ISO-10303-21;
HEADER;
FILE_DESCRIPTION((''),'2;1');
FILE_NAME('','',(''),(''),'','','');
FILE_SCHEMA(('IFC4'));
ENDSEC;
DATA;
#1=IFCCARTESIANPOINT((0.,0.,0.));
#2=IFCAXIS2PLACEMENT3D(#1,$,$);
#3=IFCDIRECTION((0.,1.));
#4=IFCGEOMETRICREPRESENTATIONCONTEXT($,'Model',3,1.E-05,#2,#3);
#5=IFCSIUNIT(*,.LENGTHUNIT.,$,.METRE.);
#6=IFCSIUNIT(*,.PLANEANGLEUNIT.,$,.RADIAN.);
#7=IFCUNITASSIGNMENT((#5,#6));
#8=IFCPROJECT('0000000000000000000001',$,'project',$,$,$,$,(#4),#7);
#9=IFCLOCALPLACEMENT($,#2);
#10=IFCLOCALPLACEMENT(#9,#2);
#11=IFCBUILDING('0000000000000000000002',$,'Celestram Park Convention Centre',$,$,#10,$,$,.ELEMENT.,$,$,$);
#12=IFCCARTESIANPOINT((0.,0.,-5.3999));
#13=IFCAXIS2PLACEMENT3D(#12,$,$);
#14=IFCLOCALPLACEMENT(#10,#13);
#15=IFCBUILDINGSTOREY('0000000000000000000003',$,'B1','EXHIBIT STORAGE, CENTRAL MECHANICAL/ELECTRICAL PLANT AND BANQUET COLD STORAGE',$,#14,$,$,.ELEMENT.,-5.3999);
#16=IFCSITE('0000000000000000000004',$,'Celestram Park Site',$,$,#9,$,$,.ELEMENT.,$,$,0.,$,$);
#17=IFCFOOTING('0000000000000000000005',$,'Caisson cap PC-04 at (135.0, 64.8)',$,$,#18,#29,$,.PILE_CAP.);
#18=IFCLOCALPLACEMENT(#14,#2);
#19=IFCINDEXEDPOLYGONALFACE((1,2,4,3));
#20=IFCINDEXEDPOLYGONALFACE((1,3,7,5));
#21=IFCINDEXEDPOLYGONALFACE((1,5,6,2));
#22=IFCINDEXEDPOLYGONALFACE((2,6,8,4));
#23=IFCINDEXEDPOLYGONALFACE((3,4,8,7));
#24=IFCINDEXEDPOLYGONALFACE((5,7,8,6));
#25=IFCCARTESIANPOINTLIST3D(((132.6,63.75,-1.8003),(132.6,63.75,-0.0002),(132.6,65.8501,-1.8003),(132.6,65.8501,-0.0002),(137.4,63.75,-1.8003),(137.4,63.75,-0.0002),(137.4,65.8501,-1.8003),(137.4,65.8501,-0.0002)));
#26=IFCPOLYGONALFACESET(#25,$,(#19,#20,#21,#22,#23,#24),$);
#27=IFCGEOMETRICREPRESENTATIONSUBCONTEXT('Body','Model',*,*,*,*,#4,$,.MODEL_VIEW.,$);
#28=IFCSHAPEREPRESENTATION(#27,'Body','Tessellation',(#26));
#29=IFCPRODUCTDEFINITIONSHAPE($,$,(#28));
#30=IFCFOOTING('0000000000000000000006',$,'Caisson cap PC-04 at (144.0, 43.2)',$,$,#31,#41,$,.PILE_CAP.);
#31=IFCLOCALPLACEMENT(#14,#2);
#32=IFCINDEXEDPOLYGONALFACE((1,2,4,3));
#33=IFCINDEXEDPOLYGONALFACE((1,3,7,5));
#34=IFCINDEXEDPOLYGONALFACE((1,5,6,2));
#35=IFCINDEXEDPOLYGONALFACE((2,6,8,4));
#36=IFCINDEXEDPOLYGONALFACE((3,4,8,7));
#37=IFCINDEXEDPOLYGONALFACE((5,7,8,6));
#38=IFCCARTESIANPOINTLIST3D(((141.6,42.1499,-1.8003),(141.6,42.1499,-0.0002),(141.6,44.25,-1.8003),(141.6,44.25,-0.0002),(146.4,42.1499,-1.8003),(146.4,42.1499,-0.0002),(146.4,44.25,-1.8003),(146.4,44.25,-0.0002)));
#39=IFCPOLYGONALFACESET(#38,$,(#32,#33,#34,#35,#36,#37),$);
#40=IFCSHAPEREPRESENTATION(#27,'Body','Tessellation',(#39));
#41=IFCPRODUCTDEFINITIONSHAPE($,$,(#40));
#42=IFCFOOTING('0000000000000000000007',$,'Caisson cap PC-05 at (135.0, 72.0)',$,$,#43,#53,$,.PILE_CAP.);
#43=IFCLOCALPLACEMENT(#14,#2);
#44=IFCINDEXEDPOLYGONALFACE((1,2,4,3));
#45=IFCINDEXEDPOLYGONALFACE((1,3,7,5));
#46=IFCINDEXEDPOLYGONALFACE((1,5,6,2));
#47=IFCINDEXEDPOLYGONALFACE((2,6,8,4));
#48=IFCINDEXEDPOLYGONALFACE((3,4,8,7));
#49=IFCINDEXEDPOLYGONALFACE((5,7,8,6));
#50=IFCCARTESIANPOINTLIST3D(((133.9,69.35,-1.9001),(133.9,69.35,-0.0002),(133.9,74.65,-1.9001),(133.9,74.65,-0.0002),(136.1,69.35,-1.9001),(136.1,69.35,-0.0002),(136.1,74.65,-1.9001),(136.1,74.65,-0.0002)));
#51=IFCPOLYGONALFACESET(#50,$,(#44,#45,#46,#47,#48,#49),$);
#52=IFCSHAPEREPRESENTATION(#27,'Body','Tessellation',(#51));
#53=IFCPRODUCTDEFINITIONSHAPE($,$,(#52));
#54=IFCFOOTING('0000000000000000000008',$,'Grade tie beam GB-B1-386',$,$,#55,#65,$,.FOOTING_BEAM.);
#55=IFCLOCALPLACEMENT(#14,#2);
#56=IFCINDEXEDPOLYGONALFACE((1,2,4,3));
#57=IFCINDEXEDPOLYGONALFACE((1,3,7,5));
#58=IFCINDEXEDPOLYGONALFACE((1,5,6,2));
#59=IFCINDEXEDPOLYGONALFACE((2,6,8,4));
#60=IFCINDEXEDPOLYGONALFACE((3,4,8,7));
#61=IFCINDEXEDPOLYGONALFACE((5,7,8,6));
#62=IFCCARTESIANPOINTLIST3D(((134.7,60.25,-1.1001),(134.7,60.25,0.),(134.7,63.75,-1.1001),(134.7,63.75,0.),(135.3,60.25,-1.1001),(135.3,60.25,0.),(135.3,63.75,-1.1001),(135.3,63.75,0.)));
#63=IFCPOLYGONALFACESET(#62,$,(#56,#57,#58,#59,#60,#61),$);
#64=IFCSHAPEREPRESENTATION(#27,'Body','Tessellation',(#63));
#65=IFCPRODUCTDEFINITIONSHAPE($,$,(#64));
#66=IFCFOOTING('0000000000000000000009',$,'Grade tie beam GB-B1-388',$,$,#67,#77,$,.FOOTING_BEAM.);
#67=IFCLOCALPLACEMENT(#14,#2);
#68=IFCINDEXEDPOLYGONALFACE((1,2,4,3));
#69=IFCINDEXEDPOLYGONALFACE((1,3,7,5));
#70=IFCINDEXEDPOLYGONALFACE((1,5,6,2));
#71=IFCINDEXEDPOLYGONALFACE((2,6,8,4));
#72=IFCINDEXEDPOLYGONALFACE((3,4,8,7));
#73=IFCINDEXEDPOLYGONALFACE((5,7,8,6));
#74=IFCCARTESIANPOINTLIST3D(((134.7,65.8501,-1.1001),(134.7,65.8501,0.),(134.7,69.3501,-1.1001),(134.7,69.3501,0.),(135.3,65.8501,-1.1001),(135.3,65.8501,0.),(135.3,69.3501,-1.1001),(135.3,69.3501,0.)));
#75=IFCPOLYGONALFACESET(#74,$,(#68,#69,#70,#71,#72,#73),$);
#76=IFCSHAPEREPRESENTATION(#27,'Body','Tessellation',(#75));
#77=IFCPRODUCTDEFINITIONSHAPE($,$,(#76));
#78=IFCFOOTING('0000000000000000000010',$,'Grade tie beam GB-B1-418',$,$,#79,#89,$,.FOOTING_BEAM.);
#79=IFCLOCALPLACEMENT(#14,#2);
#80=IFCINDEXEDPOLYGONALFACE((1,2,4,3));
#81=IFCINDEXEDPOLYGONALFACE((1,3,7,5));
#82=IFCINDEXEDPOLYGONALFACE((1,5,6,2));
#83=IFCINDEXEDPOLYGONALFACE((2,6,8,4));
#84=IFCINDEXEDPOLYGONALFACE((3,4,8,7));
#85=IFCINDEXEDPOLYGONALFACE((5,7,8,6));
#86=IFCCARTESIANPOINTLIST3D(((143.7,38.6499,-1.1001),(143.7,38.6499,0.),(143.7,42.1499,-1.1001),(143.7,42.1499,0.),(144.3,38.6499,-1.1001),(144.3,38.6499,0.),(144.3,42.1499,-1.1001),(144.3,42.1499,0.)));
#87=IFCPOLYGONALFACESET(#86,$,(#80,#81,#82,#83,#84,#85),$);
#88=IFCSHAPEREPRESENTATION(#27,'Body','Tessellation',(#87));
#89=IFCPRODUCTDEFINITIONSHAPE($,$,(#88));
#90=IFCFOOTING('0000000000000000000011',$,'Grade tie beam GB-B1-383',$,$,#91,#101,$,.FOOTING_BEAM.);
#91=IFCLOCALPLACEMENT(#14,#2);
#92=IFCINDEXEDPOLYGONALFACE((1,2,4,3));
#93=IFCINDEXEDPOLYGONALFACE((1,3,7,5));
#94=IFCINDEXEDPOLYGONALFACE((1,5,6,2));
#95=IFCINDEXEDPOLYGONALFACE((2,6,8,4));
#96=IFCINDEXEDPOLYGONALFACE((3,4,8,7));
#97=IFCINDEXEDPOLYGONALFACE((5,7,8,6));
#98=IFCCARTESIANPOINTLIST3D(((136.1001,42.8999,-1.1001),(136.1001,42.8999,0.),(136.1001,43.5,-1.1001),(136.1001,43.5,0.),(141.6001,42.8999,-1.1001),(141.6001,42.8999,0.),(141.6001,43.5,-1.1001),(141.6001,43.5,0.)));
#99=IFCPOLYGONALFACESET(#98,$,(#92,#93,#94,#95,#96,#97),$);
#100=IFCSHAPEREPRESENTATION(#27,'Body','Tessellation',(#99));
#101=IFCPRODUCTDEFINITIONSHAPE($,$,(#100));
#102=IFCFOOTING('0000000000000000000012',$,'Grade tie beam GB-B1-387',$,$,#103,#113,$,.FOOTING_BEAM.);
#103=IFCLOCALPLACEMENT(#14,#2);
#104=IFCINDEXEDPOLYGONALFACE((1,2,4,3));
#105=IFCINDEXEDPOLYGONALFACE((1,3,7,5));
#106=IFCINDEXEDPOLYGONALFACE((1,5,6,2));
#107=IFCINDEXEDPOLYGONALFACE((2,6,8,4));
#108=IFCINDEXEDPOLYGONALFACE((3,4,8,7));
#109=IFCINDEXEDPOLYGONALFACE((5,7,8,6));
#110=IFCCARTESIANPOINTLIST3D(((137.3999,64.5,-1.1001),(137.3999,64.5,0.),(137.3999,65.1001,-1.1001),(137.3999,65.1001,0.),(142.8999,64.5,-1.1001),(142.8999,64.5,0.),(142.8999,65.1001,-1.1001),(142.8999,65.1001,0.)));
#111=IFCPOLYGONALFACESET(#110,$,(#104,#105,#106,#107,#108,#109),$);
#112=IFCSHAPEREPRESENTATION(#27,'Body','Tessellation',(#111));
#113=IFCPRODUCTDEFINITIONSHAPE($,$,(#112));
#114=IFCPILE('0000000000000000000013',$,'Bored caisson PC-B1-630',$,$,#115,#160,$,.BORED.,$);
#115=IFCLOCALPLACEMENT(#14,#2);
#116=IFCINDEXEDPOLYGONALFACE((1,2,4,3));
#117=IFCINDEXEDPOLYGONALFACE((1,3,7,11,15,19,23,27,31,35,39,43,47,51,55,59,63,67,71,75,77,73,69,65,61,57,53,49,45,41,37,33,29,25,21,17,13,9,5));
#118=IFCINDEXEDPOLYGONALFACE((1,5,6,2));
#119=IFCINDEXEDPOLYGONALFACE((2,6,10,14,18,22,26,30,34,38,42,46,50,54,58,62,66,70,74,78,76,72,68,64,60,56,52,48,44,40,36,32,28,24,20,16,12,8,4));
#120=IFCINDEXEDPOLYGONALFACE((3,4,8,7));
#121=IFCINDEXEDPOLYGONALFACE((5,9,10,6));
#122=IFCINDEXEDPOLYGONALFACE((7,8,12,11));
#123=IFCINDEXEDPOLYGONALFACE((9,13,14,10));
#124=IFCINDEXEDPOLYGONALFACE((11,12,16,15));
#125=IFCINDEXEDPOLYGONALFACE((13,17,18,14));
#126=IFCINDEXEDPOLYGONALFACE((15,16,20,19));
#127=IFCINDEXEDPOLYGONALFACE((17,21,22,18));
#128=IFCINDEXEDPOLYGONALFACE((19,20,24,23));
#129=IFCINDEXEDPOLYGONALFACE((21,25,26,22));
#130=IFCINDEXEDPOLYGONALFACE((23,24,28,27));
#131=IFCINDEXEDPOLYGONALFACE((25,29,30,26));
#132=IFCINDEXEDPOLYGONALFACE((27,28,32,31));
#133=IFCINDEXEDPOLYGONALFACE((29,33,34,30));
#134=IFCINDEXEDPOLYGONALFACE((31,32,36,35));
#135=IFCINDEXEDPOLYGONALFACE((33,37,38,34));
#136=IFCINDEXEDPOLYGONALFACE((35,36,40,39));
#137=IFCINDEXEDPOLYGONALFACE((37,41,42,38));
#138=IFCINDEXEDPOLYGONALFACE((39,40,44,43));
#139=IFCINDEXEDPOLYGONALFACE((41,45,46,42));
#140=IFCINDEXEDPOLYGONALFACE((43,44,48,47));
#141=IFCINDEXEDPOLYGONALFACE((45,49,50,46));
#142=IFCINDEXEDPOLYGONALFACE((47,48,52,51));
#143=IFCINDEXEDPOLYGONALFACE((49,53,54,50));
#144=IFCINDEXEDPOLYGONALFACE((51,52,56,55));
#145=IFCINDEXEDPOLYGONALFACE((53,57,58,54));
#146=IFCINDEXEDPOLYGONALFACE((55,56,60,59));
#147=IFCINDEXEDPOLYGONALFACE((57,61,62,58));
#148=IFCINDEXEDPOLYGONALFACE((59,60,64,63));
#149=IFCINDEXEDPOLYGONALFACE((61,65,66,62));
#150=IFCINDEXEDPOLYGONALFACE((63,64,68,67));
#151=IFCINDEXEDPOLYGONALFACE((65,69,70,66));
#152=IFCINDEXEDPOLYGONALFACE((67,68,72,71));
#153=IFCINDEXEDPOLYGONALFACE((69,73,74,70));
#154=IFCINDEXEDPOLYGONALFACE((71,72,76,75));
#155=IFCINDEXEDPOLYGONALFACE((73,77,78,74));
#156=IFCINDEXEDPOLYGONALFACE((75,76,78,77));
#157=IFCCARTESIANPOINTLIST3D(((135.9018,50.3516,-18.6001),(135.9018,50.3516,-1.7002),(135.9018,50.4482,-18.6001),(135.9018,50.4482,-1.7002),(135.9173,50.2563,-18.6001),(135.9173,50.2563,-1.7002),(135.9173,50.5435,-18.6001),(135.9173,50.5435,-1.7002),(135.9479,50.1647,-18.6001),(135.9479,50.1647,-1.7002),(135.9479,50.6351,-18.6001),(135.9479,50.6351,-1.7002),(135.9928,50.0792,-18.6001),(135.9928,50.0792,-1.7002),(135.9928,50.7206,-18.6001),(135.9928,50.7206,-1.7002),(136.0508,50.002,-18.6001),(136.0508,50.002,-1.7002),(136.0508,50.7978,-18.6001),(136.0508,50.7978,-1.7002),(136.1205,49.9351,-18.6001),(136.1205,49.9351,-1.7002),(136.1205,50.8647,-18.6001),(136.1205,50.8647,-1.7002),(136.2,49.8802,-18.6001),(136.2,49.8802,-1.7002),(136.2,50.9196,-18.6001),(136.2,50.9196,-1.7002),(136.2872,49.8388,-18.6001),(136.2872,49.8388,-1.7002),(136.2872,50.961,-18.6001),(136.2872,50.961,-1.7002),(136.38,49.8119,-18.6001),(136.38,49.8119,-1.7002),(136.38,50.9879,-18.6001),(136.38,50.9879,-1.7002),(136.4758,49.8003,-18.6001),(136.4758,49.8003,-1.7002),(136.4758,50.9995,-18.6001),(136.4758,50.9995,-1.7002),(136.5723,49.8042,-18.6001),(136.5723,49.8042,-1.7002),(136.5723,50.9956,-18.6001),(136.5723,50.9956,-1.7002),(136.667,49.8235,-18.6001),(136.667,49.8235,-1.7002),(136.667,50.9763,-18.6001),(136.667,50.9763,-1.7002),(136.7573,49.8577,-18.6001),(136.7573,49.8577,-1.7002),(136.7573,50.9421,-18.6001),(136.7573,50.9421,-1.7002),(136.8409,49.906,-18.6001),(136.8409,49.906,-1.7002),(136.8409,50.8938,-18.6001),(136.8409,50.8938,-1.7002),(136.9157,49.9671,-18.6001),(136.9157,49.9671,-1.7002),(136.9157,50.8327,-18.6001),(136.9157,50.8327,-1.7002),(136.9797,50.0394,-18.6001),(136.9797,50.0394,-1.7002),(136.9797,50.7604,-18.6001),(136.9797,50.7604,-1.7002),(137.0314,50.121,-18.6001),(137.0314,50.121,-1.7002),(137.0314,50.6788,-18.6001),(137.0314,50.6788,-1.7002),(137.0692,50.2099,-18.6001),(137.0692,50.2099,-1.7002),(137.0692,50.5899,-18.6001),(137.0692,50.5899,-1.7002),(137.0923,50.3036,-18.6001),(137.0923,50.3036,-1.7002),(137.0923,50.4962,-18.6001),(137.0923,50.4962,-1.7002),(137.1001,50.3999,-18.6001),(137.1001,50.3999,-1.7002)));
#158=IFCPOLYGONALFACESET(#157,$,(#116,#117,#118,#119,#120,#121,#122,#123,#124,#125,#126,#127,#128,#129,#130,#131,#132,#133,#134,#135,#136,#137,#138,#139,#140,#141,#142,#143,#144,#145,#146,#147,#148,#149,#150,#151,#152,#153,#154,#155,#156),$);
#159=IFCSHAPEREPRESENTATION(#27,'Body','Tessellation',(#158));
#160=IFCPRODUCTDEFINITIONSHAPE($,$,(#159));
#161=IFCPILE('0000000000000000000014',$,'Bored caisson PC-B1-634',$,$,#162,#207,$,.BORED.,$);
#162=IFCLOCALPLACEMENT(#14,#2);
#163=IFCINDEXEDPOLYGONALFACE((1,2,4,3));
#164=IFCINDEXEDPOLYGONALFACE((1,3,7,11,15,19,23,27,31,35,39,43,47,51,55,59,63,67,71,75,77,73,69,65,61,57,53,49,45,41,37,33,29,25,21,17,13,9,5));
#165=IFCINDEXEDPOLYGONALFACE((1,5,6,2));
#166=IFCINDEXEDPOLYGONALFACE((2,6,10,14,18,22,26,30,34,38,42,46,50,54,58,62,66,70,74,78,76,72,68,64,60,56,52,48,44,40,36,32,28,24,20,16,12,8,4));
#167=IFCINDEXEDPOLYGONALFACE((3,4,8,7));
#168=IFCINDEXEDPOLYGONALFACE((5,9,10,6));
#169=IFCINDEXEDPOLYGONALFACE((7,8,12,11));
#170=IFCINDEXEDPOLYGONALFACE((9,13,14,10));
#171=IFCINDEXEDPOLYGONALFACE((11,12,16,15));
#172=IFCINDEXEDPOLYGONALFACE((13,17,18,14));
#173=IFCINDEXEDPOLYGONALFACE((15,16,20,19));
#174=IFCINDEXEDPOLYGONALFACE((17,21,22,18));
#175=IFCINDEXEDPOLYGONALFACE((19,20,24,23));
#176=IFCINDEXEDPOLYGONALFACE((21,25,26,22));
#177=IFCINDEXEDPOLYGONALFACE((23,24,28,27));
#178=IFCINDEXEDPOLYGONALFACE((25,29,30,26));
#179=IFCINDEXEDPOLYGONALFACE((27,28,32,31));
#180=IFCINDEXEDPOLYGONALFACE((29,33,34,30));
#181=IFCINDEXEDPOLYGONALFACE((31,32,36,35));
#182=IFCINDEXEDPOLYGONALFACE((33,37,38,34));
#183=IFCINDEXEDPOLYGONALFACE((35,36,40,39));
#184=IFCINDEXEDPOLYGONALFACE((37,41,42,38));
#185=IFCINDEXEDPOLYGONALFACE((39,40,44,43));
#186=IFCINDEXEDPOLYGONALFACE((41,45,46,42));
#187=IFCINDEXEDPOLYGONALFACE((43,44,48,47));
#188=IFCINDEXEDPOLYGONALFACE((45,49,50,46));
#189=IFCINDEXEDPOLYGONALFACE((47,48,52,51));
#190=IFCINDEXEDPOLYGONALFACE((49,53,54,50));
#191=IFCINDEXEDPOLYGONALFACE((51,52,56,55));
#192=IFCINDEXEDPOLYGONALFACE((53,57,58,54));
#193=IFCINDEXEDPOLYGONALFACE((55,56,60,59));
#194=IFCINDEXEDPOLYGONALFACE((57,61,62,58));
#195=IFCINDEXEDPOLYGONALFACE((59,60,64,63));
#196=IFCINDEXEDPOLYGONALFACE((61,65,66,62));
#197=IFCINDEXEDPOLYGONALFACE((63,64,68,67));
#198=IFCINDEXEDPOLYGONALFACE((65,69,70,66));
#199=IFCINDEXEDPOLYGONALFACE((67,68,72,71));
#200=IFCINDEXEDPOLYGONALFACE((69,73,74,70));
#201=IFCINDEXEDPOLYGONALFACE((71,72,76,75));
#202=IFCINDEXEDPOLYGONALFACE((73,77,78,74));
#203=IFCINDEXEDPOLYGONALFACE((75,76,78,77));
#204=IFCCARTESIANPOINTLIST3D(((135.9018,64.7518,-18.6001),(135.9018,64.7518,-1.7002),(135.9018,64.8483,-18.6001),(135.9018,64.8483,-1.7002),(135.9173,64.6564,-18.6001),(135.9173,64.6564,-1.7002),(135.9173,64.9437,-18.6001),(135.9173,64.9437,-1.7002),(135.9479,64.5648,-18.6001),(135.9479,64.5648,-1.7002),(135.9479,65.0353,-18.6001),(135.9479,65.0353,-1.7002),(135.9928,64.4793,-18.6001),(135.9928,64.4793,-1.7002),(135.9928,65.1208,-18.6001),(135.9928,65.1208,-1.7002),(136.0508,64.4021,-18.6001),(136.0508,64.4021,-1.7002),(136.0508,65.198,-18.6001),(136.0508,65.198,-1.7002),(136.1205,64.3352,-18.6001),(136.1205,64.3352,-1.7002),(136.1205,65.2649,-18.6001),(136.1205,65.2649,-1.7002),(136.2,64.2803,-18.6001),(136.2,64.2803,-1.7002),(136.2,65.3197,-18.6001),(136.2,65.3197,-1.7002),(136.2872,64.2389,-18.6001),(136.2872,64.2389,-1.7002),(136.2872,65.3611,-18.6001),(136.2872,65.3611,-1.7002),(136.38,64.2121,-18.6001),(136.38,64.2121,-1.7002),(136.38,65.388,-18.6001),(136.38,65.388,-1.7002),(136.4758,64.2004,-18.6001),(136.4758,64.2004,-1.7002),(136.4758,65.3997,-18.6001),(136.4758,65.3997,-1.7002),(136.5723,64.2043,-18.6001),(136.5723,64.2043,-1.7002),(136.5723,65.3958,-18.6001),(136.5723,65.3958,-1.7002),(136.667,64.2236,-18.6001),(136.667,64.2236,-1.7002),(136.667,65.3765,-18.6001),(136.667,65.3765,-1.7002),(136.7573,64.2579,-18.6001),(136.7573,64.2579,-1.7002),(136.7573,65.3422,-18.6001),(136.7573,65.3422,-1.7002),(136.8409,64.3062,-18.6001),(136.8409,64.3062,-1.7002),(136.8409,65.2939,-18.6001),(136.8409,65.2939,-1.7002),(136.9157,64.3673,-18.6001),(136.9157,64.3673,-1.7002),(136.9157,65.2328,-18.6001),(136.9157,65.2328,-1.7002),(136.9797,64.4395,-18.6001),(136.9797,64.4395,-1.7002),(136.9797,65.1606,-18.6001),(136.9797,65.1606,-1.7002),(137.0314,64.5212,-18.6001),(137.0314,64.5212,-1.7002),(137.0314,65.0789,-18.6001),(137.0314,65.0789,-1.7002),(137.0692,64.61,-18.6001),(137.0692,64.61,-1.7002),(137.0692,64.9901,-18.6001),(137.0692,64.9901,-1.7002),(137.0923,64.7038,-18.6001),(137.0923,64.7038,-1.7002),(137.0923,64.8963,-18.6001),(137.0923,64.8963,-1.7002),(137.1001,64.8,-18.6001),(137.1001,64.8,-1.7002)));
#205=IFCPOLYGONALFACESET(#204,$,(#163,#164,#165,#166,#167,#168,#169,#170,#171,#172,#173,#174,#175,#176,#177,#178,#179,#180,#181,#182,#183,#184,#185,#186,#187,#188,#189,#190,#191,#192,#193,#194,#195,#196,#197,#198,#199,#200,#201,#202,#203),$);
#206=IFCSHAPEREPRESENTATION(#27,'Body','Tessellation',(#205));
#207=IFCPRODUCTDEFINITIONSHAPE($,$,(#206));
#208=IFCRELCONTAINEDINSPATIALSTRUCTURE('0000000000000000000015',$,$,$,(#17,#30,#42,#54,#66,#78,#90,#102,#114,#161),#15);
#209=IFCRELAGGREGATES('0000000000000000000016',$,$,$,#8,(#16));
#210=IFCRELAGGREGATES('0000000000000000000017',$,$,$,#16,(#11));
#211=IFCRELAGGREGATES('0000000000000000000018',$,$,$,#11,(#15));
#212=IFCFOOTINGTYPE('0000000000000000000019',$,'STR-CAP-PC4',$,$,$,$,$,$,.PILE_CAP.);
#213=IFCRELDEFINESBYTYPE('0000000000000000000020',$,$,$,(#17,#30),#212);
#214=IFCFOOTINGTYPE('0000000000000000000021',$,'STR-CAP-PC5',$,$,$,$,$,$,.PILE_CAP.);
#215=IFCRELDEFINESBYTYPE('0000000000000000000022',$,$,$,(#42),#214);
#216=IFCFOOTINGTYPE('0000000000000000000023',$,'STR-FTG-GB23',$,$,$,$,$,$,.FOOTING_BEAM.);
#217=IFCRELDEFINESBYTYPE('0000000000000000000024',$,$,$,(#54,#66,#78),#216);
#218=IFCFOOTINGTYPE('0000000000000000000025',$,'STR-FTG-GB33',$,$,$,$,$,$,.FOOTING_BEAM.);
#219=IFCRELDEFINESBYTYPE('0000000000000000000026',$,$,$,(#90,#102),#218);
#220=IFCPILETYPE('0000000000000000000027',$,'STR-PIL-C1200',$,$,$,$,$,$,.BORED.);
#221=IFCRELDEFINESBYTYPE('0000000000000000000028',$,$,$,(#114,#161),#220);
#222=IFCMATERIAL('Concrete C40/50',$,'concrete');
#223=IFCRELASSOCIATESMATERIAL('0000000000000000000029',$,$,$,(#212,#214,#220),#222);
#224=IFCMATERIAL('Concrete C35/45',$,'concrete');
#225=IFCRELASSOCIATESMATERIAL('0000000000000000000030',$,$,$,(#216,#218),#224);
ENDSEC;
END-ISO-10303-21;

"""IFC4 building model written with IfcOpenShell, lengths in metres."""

from ifc_helpers import new_model, si_unit, direction, frame, origin, origin_2d, place, context, subcontext, project, spatial, rectangle, circle, extrude, material, material_profile, profile_set, type_object, element, save


model = new_model("IFC4")

# Units and contexts
model_context = context("Model", 3, precision=1e-05, world=origin(), true_north=direction((0.0, 1.0)))
body_context = subcontext(model_context, "Body", "Model", "MODEL_VIEW")
ifc_project = project(units=[si_unit("LENGTHUNIT", "METRE"), si_unit("PLANEANGLEUNIT", "RADIAN")], contexts=[model_context])

# Site, building, storey
site_placement = place(None, origin())
site = spatial("IfcSite", under=ifc_project, at=site_placement, Name="Celestram Park Site", CompositionType="ELEMENT", RefElevation=0.0)
building_placement = place(site_placement, origin())
building = spatial("IfcBuilding", under=site, at=building_placement, Name="Celestram Park Convention Centre", CompositionType="ELEMENT")
storey_placement = place(building_placement, frame((0.0, 0.0, -5.3999)))
storey = spatial("IfcBuildingStorey", under=building, at=storey_placement, Name="B1", Description="EXHIBIT STORAGE, CENTRAL MECHANICAL/ELECTRICAL PLANT AND BANQUET COLD STORAGE", CompositionType="ELEMENT", Elevation=-5.3999)

# Footings
ifc_material_1 = material(Name="Concrete C40/50", Category="concrete")
footing_type_1 = type_object("IfcFootingType", Name="STR-CAP-PC4", PredefinedType="PILE_CAP", material=ifc_material_1)
for number, where, z_axis, x_axis, name in (
    (1, (135.0, 64.8, -1.8003), (0.0, 0.0, 1.0), (1.0, 0.0, 0.0), "Caisson cap PC-04 at (135.0, 64.8)"),
    (2, (144.0, 43.2, -1.8003), (0.0, 0.0, 1.0), (1.0, 0.0, 0.0), "Caisson cap PC-04 at (144.0, 43.2)"),
):
    element("IfcFooting", number, at=place(storey_placement, frame(where, z_axis=z_axis, x_axis=x_axis)), inside=storey, type_object=footing_type_1, Name=name, PredefinedType="PILE_CAP", context=body_context, shape_type="SweptSolid", body=[
        extrude(rectangle(XDim=4.8, YDim=2.1001, at=origin_2d()), origin(), (0.0, 0.0, 1.0), 1.8),
    ])
footing_type_2 = type_object("IfcFootingType", Name="STR-CAP-PC5", PredefinedType="PILE_CAP", material=ifc_material_1)
footing_placement = place(storey_placement, frame((135.0, 72.0, -1.9001), z_axis=(0.0, 0.0, 1.0), x_axis=(1.0, 0.0, 0.0)))
element("IfcFooting", 3, at=footing_placement, inside=storey, type_object=footing_type_2, Name="Caisson cap PC-05 at (135.0, 72.0)", PredefinedType="PILE_CAP", context=body_context, shape_type="SweptSolid", body=[
    extrude(rectangle(XDim=2.2, YDim=5.3, at=origin_2d()), origin(), (0.0, 0.0, 1.0), 1.8999),
])
ifc_material_2 = material(Name="Concrete C35/45", Category="concrete")
footing_type_3 = type_object("IfcFootingType", Name="STR-FTG-GB23", PredefinedType="FOOTING_BEAM", material=ifc_material_2)
for number, where, z_axis, x_axis, name in (
    (4, (135.0, 62.0, -1.1001), (0.0, 0.0, 1.0), (0.0, 1.0, 0.0), "Grade tie beam GB-B1-386"),
    (5, (135.0, 67.6001, -1.1001), (0.0, 0.0, 1.0), (0.0, 1.0, 0.0), "Grade tie beam GB-B1-388"),
    (6, (144.0, 40.3999, -1.1001), (0.0, 0.0, 1.0), (0.0, 1.0, 0.0), "Grade tie beam GB-B1-418"),
):
    element("IfcFooting", number, at=place(storey_placement, frame(where, z_axis=z_axis, x_axis=x_axis)), inside=storey, type_object=footing_type_3, Name=name, PredefinedType="FOOTING_BEAM", context=body_context, shape_type="SweptSolid", body=[
        extrude(rectangle(XDim=3.5, YDim=0.6001, at=origin_2d()), origin(), (0.0, 0.0, 1.0), 1.1001),
    ])
footing_type_4 = type_object("IfcFootingType", Name="STR-FTG-GB33", PredefinedType="FOOTING_BEAM", material=ifc_material_2)
for number, where, z_axis, x_axis, name in (
    (7, (138.8501, 43.2, -1.1001), (0.0, 0.0, 1.0), (1.0, 0.0, 0.0), "Grade tie beam GB-B1-383"),
    (8, (140.1499, 64.8, -1.1001), (0.0, 0.0, 1.0), (1.0, 0.0, 0.0), "Grade tie beam GB-B1-387"),
):
    element("IfcFooting", number, at=place(storey_placement, frame(where, z_axis=z_axis, x_axis=x_axis)), inside=storey, type_object=footing_type_4, Name=name, PredefinedType="FOOTING_BEAM", context=body_context, shape_type="SweptSolid", body=[
        extrude(rectangle(XDim=5.5, YDim=0.6001, at=origin_2d()), origin(), (0.0, 0.0, 1.0), 1.1001),
    ])

# Piles
ifc_material_profile_1 = material_profile(ifc_material_1, circle(Radius=0.6001, at=origin_2d()), Name="CAISSON1200")
ifc_profile_set_1 = profile_set([ifc_material_profile_1], Name="Concrete C40/50")
pile_type_1 = type_object("IfcPileType", Name="STR-PIL-C1200", PredefinedType="BORED", material=ifc_profile_set_1)
for number, where, z_axis, x_axis, name in (
    (9, (136.5, 50.3999, -1.7002), (0.0, 0.0, -1.0), (1.0, 0.0, 0.0), "Bored caisson PC-B1-630"),
    (10, (136.5, 64.8, -1.7002), (0.0, 0.0, -1.0), (1.0, 0.0, 0.0), "Bored caisson PC-B1-634"),
):
    element("IfcPile", number, at=place(storey_placement, frame(where, z_axis=z_axis, x_axis=x_axis)), inside=storey, type_object=pile_type_1, Name=name, PredefinedType="BORED", context=body_context, shape_type="SweptSolid", body=[
        extrude(circle(Radius=0.6001, at=origin_2d()), origin(), (0.0, 0.0, 1.0), 16.8999),
    ])

save(model, "model.ifc")
